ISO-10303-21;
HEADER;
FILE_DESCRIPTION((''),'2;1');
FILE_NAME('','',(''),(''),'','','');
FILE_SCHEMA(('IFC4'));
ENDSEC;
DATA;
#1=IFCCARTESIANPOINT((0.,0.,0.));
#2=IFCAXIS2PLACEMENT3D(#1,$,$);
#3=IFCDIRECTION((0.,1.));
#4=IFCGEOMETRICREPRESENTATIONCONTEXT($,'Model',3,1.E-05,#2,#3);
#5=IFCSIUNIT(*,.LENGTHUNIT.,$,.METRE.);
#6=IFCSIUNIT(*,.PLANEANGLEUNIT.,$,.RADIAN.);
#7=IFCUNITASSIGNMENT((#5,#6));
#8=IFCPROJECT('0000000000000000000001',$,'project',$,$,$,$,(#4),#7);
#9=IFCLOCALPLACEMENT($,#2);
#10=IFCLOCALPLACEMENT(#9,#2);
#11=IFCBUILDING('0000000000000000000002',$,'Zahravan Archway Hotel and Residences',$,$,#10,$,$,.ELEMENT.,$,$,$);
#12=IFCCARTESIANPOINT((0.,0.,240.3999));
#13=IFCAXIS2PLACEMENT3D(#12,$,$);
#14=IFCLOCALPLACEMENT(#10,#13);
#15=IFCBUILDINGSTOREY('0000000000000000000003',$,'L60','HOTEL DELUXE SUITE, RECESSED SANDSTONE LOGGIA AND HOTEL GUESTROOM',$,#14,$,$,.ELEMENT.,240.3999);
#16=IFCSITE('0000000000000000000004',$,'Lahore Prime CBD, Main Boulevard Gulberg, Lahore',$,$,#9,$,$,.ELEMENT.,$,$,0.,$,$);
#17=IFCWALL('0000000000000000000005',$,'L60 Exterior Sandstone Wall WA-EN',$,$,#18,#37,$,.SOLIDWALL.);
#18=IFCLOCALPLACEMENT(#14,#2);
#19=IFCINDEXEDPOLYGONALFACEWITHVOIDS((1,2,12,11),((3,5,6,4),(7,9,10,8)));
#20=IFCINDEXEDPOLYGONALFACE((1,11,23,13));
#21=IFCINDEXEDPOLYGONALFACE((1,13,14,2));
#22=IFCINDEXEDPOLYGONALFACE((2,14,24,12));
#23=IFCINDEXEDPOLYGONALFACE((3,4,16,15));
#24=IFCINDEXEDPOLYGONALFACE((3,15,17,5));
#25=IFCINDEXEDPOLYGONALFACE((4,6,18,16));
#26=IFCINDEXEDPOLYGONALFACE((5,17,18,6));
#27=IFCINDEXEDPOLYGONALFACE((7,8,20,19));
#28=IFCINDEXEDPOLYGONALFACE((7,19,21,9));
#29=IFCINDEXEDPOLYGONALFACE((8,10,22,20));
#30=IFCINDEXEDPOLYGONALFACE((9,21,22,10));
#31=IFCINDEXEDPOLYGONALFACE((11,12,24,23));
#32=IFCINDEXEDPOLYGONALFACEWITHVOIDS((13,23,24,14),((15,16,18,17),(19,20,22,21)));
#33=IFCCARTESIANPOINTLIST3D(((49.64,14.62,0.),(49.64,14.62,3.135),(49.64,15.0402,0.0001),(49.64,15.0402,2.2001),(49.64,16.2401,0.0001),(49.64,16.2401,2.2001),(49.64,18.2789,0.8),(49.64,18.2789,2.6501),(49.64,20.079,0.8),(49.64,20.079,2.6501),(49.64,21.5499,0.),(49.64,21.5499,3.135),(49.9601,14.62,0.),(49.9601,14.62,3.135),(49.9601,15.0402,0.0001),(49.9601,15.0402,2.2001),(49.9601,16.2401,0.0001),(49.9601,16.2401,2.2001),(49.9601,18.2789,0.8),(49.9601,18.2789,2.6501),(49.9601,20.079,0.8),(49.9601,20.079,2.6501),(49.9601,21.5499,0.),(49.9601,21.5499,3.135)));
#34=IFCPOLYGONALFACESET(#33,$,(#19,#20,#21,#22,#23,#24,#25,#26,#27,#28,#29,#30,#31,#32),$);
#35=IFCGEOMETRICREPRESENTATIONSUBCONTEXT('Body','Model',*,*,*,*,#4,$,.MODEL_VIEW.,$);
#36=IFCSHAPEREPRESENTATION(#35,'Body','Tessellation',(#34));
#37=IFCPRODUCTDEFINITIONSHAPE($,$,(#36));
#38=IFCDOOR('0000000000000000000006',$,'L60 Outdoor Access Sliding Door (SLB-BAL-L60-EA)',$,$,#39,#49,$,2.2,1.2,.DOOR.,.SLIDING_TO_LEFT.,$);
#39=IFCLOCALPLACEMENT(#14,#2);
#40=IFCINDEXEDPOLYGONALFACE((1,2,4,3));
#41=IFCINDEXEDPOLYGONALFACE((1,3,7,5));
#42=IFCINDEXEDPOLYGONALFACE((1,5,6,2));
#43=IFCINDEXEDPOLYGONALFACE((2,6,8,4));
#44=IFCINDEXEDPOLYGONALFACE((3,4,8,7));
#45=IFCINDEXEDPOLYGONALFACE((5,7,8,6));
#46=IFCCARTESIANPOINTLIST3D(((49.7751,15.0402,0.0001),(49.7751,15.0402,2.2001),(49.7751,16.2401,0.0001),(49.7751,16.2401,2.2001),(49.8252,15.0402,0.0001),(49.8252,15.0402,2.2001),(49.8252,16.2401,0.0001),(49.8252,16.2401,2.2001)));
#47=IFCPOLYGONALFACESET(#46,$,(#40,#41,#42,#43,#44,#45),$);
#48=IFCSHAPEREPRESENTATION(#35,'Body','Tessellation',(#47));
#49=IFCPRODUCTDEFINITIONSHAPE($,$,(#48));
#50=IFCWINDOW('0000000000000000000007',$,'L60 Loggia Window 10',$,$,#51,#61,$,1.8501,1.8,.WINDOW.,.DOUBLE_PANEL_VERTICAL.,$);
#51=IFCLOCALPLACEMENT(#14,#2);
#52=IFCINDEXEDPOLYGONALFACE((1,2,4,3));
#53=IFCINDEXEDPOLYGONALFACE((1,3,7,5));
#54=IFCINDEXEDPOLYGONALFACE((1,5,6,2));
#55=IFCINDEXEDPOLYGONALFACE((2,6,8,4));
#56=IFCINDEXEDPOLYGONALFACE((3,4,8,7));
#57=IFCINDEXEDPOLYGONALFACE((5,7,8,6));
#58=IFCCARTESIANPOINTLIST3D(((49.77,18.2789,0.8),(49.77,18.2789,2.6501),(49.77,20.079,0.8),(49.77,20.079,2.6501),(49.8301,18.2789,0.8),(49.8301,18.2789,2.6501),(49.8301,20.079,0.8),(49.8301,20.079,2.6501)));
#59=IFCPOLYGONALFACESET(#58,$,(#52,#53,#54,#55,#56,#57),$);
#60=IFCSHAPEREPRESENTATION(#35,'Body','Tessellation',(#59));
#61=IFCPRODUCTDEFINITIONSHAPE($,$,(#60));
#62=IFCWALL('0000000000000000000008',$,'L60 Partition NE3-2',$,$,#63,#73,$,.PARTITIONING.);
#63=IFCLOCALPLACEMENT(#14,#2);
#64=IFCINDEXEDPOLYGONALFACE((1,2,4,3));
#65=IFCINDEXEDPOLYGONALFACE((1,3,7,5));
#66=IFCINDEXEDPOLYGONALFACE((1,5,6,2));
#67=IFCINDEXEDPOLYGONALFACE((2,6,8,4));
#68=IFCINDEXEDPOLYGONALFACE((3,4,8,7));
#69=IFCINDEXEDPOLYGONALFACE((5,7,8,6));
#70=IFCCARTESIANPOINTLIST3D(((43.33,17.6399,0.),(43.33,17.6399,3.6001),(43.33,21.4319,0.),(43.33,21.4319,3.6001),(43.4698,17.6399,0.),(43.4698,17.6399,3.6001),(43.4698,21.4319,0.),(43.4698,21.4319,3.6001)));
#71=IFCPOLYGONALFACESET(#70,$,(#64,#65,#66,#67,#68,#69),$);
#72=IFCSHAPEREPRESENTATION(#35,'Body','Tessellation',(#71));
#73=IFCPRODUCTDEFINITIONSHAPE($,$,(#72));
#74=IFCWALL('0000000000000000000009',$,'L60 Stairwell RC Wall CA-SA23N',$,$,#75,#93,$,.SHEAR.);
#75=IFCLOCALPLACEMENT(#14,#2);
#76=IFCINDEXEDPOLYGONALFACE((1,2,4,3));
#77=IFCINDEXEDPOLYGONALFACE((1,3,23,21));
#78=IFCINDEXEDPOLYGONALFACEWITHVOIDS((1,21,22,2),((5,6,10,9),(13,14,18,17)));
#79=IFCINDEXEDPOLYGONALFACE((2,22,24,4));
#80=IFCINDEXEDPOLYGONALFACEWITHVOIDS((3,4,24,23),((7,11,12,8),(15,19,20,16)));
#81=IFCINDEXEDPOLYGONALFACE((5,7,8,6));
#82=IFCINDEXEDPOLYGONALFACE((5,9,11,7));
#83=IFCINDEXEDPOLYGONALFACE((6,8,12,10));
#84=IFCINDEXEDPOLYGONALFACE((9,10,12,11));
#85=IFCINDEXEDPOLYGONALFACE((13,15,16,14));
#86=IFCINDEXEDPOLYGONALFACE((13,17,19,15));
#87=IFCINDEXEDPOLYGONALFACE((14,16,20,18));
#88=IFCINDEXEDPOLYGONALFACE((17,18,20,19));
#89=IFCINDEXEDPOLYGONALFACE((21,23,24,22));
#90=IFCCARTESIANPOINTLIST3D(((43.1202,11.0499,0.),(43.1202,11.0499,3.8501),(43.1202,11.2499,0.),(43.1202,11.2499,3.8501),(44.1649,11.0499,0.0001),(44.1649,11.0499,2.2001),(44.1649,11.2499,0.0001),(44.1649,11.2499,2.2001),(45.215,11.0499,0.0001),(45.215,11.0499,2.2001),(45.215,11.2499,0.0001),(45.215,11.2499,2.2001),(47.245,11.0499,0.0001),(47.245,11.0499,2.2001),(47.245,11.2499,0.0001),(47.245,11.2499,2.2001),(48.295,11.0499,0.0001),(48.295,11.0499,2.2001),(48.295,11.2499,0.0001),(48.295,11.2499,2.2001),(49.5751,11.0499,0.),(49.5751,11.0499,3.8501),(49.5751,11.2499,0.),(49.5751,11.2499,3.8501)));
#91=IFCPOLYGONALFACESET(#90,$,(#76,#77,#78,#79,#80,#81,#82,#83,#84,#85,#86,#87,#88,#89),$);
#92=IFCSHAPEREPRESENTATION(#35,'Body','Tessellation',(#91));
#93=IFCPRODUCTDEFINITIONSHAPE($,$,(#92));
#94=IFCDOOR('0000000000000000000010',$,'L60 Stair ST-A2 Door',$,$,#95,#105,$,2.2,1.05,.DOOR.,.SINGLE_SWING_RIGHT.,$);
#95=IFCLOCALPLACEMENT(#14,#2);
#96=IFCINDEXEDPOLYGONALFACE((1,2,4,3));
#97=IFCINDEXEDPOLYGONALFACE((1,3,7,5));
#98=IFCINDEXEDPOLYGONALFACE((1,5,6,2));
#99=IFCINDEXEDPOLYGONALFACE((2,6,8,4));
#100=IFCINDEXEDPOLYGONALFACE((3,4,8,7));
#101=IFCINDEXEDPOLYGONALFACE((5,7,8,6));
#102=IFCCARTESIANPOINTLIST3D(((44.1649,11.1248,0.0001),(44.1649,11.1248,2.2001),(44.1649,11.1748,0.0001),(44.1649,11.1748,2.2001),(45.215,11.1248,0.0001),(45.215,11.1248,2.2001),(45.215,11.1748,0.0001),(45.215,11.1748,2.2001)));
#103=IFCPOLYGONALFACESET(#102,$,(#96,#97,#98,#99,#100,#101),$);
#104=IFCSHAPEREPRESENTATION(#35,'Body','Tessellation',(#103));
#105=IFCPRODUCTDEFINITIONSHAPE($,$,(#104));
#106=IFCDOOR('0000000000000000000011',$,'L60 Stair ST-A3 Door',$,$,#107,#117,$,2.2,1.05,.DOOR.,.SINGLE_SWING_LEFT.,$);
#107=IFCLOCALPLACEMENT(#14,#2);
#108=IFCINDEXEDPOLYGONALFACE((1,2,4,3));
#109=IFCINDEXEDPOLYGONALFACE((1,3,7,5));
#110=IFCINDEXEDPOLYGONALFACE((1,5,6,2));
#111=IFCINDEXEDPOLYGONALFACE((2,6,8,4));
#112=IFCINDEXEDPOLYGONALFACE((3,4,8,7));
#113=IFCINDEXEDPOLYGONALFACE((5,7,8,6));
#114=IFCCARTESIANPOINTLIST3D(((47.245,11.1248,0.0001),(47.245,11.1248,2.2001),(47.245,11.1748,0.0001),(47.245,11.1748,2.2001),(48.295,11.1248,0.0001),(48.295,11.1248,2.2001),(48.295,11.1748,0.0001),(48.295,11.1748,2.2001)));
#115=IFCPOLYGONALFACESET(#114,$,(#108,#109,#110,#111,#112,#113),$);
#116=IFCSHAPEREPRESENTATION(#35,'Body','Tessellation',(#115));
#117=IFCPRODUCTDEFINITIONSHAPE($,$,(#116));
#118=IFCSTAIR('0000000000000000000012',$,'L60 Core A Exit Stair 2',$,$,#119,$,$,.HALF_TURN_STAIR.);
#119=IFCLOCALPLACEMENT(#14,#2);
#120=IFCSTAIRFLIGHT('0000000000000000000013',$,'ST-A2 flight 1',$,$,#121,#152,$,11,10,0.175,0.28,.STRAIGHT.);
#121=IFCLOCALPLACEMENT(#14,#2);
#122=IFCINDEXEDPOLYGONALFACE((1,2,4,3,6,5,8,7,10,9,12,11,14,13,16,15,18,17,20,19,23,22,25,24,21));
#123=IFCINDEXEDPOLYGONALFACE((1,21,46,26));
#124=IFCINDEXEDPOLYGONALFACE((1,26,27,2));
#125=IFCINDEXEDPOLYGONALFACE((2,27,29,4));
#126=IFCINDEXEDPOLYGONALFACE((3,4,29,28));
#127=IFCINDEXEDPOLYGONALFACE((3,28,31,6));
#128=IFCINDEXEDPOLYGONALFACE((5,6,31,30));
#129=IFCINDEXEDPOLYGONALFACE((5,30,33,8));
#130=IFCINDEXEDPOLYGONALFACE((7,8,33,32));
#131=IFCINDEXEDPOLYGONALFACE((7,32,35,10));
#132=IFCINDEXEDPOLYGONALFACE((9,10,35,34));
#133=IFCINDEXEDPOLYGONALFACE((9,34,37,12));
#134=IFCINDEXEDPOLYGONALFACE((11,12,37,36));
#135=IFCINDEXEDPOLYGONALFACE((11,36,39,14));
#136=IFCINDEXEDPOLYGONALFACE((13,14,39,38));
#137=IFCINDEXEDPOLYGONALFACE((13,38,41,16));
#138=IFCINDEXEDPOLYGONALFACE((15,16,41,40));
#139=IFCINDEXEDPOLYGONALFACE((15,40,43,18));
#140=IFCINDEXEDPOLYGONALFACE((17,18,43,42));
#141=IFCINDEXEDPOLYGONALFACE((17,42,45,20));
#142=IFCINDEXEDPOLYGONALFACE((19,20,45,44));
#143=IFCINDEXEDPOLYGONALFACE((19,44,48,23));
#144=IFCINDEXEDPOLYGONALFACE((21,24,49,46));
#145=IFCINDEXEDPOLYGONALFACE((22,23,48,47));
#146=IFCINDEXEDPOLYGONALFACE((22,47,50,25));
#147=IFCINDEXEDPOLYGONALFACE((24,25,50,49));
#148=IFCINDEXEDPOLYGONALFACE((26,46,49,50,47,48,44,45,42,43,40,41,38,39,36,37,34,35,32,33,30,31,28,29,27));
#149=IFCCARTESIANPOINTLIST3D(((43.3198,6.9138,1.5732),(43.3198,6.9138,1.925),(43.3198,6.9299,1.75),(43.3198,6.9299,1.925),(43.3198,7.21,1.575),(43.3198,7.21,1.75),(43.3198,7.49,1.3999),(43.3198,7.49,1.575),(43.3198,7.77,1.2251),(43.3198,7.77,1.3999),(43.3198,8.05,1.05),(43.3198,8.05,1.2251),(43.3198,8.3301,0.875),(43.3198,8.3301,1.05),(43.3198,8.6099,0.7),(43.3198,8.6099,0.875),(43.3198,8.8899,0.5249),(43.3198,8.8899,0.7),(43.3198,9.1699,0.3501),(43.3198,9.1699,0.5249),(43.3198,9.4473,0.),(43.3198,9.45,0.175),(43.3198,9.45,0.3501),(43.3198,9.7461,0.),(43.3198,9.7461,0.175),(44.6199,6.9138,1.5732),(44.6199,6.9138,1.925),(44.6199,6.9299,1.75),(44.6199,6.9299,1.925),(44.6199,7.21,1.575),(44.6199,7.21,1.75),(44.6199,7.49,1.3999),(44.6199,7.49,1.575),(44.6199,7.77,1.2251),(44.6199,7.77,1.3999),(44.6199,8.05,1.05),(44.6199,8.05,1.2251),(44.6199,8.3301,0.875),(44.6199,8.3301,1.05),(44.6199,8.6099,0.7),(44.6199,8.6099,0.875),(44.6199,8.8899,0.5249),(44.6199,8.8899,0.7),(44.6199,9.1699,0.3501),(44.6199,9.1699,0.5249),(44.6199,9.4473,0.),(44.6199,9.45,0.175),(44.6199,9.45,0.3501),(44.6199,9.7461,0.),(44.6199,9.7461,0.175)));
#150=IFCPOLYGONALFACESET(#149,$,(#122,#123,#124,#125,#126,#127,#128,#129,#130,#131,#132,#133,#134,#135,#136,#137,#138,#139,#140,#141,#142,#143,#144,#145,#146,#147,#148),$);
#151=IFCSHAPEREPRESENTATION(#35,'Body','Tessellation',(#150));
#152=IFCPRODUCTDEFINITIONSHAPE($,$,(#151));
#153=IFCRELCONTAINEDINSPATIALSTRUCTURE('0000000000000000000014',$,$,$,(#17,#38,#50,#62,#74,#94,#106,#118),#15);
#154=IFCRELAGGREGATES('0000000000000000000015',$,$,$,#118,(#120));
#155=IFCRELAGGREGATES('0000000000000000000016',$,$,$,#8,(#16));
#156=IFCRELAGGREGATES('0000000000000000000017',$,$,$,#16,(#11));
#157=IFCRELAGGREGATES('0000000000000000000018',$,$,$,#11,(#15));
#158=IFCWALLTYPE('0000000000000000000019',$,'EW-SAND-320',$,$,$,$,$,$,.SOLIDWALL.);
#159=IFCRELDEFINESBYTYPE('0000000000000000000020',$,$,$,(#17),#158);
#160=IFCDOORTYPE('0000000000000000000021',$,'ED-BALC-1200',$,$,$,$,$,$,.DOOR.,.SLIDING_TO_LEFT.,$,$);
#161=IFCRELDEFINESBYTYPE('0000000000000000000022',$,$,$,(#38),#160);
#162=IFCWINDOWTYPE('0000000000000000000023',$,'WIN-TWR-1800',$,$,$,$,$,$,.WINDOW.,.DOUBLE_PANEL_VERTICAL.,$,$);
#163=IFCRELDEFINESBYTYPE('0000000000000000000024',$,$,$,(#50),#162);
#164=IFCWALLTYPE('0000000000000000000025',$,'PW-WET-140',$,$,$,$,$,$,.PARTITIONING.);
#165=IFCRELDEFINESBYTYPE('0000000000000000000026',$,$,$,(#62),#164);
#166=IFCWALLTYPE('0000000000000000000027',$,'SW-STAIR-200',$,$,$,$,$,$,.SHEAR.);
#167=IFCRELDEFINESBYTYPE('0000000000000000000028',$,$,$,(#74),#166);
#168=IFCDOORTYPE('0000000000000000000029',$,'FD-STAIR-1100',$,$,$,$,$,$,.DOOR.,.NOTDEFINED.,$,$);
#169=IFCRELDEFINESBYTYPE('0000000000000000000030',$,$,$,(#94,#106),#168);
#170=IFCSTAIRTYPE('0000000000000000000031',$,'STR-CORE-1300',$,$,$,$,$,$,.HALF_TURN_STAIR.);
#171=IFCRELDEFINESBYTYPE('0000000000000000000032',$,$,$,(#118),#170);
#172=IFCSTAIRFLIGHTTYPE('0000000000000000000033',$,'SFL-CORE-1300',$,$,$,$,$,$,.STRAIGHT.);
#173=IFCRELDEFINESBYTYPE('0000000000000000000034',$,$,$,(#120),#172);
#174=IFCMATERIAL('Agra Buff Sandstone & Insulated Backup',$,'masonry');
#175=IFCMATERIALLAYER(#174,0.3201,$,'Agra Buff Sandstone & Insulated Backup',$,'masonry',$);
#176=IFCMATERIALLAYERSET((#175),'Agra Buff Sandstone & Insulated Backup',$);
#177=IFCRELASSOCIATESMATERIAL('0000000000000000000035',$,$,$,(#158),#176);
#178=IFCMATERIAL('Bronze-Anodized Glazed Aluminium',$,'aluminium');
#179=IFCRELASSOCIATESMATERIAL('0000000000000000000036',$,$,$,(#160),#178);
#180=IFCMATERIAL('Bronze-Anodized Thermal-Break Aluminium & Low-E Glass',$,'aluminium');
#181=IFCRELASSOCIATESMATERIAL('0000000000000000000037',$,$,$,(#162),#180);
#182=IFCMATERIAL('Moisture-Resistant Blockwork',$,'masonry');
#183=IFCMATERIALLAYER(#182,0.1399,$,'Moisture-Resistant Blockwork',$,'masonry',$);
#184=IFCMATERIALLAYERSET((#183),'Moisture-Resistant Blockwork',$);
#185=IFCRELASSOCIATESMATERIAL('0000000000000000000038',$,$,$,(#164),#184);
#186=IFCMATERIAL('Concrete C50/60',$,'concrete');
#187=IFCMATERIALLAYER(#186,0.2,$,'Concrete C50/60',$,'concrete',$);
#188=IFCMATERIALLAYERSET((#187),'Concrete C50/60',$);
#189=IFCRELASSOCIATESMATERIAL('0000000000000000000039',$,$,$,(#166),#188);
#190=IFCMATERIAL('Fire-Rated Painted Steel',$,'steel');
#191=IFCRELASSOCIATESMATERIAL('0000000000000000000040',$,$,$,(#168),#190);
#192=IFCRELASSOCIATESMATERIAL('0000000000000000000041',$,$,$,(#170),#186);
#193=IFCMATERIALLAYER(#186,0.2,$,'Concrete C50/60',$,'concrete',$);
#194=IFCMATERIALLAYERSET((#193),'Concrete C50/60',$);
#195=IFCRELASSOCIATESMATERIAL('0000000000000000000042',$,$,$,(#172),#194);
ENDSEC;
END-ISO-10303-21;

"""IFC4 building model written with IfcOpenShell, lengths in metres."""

from ifc_helpers import new_model, si_unit, direction, frame, frame_2d, origin, place, context, subcontext, project, spatial, polyline, rectangle, outline, extrude, source, transform, mapped, material, layer, layer_set, type_object, type_shapes, element, fill, aggregate, save


model = new_model("IFC4")

# Units and contexts
model_context = context("Model", 3, precision=1e-05, world=origin(), true_north=direction((0.0, 1.0)))
body_context = subcontext(model_context, "Body", "Model", "MODEL_VIEW")
ifc_project = project(units=[si_unit("LENGTHUNIT", "METRE"), si_unit("PLANEANGLEUNIT", "RADIAN")], contexts=[model_context])

# Site, building, storey
site_placement = place(None, origin())
site = spatial("IfcSite", under=ifc_project, at=site_placement, Name="Lahore Prime CBD, Main Boulevard Gulberg, Lahore", CompositionType="ELEMENT", RefElevation=0.0)
building_placement = place(site_placement, origin())
building = spatial("IfcBuilding", under=site, at=building_placement, Name="Zahravan Archway Hotel and Residences", CompositionType="ELEMENT")
storey_placement = place(building_placement, frame((0.0, 0.0, 240.3999)))
storey = spatial("IfcBuildingStorey", under=building, at=storey_placement, Name="L60", Description="HOTEL DELUXE SUITE, RECESSED SANDSTONE LOGGIA AND HOTEL GUESTROOM", CompositionType="ELEMENT", Elevation=240.3999)

# Wall, openings, door, window
ifc_material_1 = material(Name="Agra Buff Sandstone & Insulated Backup", Category="masonry")
ifc_layer_1 = layer(ifc_material_1, 0.3201, Name="Agra Buff Sandstone & Insulated Backup", Category="masonry")
ifc_layer_set_1 = layer_set([ifc_layer_1], Name="Agra Buff Sandstone & Insulated Backup")
wall_type_1 = type_object("IfcWallType", Name="EW-SAND-320", PredefinedType="SOLIDWALL", material=ifc_layer_set_1)
wall_1_placement = place(storey_placement, frame((49.8, 14.6201, 0.0), z_axis=(0.0, 0.0, 1.0), x_axis=(0.0, 1.0, 0.0)))
wall_1 = element("IfcWall", 1, at=wall_1_placement, inside=storey, type_object=wall_type_1, Name="L60 Exterior Sandstone Wall WA-EN", PredefinedType="SOLIDWALL", context=body_context, shape_type="SweptSolid", body=[
    extrude(rectangle(XDim=6.9299, YDim=0.3201, at=frame_2d((3.4648, 0.0))), origin(), (0.0, 0.0, 1.0), 3.135),
])
opening_1_placement = place(wall_1_placement, frame((0.4199, 0.0, 0.0)))
opening_1 = element("IfcOpeningElement", 2, at=opening_1_placement, cuts=wall_1, PredefinedType="OPENING", context=body_context, shape_type="SweptSolid", body=[
    extrude(rectangle(XDim=1.2, YDim=2.2, at=frame_2d((0.6001, 1.1001))), frame((0.0, 0.1699, 0.0), z_axis=(0.0, -1.0, 0.0), x_axis=(1.0, 0.0, 0.0)), (0.0, 0.0, 1.0), 0.3401),
])
opening_2_placement = place(wall_1_placement, frame((3.6589, 0.0, 0.8)))
opening_2 = element("IfcOpeningElement", 3, at=opening_2_placement, cuts=wall_1, PredefinedType="OPENING", context=body_context, shape_type="SweptSolid", body=[
    extrude(rectangle(XDim=1.8, YDim=1.8501, at=frame_2d((0.8999, 0.925))), frame((0.0, 0.1699, 0.0), z_axis=(0.0, -1.0, 0.0), x_axis=(1.0, 0.0, 0.0)), (0.0, 0.0, 1.0), 0.3401),
])
ifc_material_2 = material(Name="Bronze-Anodized Glazed Aluminium", Category="aluminium")
door_type_1 = type_object("IfcDoorType", Name="ED-BALC-1200", OperationType="SLIDING_TO_LEFT", PredefinedType="DOOR", material=ifc_material_2)
shared_shape_1 = source(origin(), body_context, "Body", "SweptSolid", [
    extrude(rectangle(XDim=1.2, YDim=2.2, at=frame_2d((0.6001, 1.1001))), frame((0.0, 0.0249, 0.0), z_axis=(0.0, -1.0, 0.0), x_axis=(1.0, 0.0, 0.0)), (0.0, 0.0, 1.0), 0.05),
])
type_shapes(door_type_1, [shared_shape_1])
door_1_placement = place(opening_1_placement, origin())
door_1 = element("IfcDoor", 4, at=door_1_placement, inside=storey, type_object=door_type_1, Name="L60 Outdoor Access Sliding Door (SLB-BAL-L60-EA)", OperationType="SLIDING_TO_LEFT", OverallHeight=2.2, OverallWidth=1.2, PredefinedType="DOOR", context=body_context, shape_type="MappedRepresentation", body=[
    mapped(shared_shape_1, transform((0.0, 0.0, 0.0), scale=1.0)),
])
fill(opening_1, door_1)
ifc_material_3 = material(Name="Bronze-Anodized Thermal-Break Aluminium & Low-E Glass", Category="aluminium")
window_type = type_object("IfcWindowType", Name="WIN-TWR-1800", PartitioningType="DOUBLE_PANEL_VERTICAL", PredefinedType="WINDOW", material=ifc_material_3)
shared_shape_2 = source(origin(), body_context, "Body", "SweptSolid", [
    extrude(rectangle(XDim=1.8, YDim=1.8501, at=frame_2d((0.8999, 0.925))), frame((0.0, 0.03, 0.0), z_axis=(0.0, -1.0, 0.0), x_axis=(1.0, 0.0, 0.0)), (0.0, 0.0, 1.0), 0.0601),
])
type_shapes(window_type, [shared_shape_2])
window_placement = place(opening_2_placement, origin())
window = element("IfcWindow", 5, at=window_placement, inside=storey, type_object=window_type, Name="L60 Loggia Window 10", OverallHeight=1.8501, OverallWidth=1.8, PartitioningType="DOUBLE_PANEL_VERTICAL", PredefinedType="WINDOW", context=body_context, shape_type="MappedRepresentation", body=[
    mapped(shared_shape_2, transform((0.0, 0.0, 0.0), scale=1.0)),
])
fill(opening_2, window)

# Shared definitions
ifc_material_4 = material(Name="Fire-Rated Painted Steel", Category="steel")

# Wall
ifc_material_5 = material(Name="Moisture-Resistant Blockwork", Category="masonry")
ifc_layer_2 = layer(ifc_material_5, 0.1399, Name="Moisture-Resistant Blockwork", Category="masonry")
ifc_layer_set_2 = layer_set([ifc_layer_2], Name="Moisture-Resistant Blockwork")
wall_type_2 = type_object("IfcWallType", Name="PW-WET-140", PredefinedType="PARTITIONING", material=ifc_layer_set_2)
wall_2_placement = place(storey_placement, frame((43.3999, 17.6399, 0.0), z_axis=(0.0, 0.0, 1.0), x_axis=(0.0, 1.0, 0.0)))
element("IfcWall", 6, at=wall_2_placement, inside=storey, type_object=wall_type_2, Name="L60 Partition NE3-2", PredefinedType="PARTITIONING", context=body_context, shape_type="SweptSolid", body=[
    extrude(rectangle(XDim=3.792, YDim=0.1399, at=frame_2d((1.896, 0.0))), origin(), (0.0, 0.0, 1.0), 3.6001),
])

# Wall, openings, doors
ifc_material_6 = material(Name="Concrete C50/60", Category="concrete")
ifc_layer_3 = layer(ifc_material_6, 0.2, Name="Concrete C50/60", Category="concrete")
ifc_layer_set_3 = layer_set([ifc_layer_3], Name="Concrete C50/60")
wall_type_3 = type_object("IfcWallType", Name="SW-STAIR-200", PredefinedType="SHEAR", material=ifc_layer_set_3)
wall_3_placement = place(storey_placement, frame((43.1201, 11.1499, 0.0), z_axis=(0.0, 0.0, 1.0), x_axis=(1.0, 0.0, 0.0)))
wall_3 = element("IfcWall", 7, at=wall_3_placement, inside=storey, type_object=wall_type_3, Name="L60 Stairwell RC Wall CA-SA23N", PredefinedType="SHEAR", context=body_context, shape_type="SweptSolid", body=[
    extrude(rectangle(XDim=6.4548, YDim=0.2, at=frame_2d((3.2275, 0.0))), origin(), (0.0, 0.0, 1.0), 3.8501),
])
opening_3_placement = place(wall_3_placement, frame((1.0449, 0.0, 0.0)))
opening_3 = element("IfcOpeningElement", 8, at=opening_3_placement, cuts=wall_3, PredefinedType="OPENING", context=body_context, shape_type="SweptSolid", body=[
    extrude(rectangle(XDim=1.05, YDim=2.2, at=frame_2d((0.5249, 1.1001))), frame((0.0, 0.1099, 0.0), z_axis=(0.0, -1.0, 0.0), x_axis=(1.0, 0.0, 0.0)), (0.0, 0.0, 1.0), 0.22),
])
opening_4_placement = place(wall_3_placement, frame((4.125, 0.0, 0.0)))
opening_4 = element("IfcOpeningElement", 9, at=opening_4_placement, cuts=wall_3, PredefinedType="OPENING", context=body_context, shape_type="SweptSolid", body=[
    extrude(rectangle(XDim=1.05, YDim=2.2, at=frame_2d((0.5249, 1.1001))), frame((0.0, 0.1099, 0.0), z_axis=(0.0, -1.0, 0.0), x_axis=(1.0, 0.0, 0.0)), (0.0, 0.0, 1.0), 0.22),
])
door_type_2 = type_object("IfcDoorType", Name="FD-STAIR-1100", OperationType="NOTDEFINED", PredefinedType="DOOR", material=ifc_material_4)
shared_shape_3 = source(origin(), body_context, "Body", "SweptSolid", [
    extrude(rectangle(XDim=1.05, YDim=2.2, at=frame_2d((0.5249, 1.1001))), frame((0.0, 0.0249, 0.0), z_axis=(0.0, -1.0, 0.0), x_axis=(1.0, 0.0, 0.0)), (0.0, 0.0, 1.0), 0.05),
])
type_shapes(door_type_2, [shared_shape_3])
door_2_placement = place(opening_3_placement, origin())
door_2 = element("IfcDoor", 10, at=door_2_placement, inside=storey, type_object=door_type_2, Name="L60 Stair ST-A2 Door", OperationType="SINGLE_SWING_RIGHT", OverallHeight=2.2, OverallWidth=1.05, PredefinedType="DOOR", context=body_context, shape_type="MappedRepresentation", body=[
    mapped(shared_shape_3, transform((0.0, 0.0, 0.0), scale=1.0)),
])
fill(opening_3, door_2)
door_3_placement = place(opening_4_placement, origin())
door_3 = element("IfcDoor", 11, at=door_3_placement, inside=storey, type_object=door_type_2, Name="L60 Stair ST-A3 Door", OperationType="SINGLE_SWING_LEFT", OverallHeight=2.2, OverallWidth=1.05, PredefinedType="DOOR", context=body_context, shape_type="MappedRepresentation", body=[
    mapped(shared_shape_3, transform((0.0, 0.0, 0.0), scale=1.0)),
])
fill(opening_4, door_3)

# Stair, stair flight
stair_type = type_object("IfcStairType", Name="STR-CORE-1300", PredefinedType="HALF_TURN_STAIR", material=ifc_material_6)
stair_1_placement = place(storey_placement, origin())
stair_1 = element("IfcStair", 12, at=stair_1_placement, inside=storey, type_object=stair_type, Name="L60 Core A Exit Stair 2", PredefinedType="HALF_TURN_STAIR")
ifc_layer_4 = layer(ifc_material_6, 0.2, Name="Concrete C50/60", Category="concrete")
ifc_layer_set_4 = layer_set([ifc_layer_4], Name="Concrete C50/60")
stair_flight_type = type_object("IfcStairFlightType", Name="SFL-CORE-1300", PredefinedType="STRAIGHT", material=ifc_layer_set_4)
shared_shape_4 = source(origin(), body_context, "Body", "SweptSolid", [
    extrude(outline(polyline([(-0.0161, 0.0), (-0.0161, 0.175), (0.28, 0.175), (0.28, 0.3501), (0.5601, 0.3501), (0.5601, 0.5249), (0.8401, 0.5249), (0.8401, 0.7), (1.1201, 0.7), (1.1201, 0.875), (1.3999, 0.875), (1.3999, 1.05), (1.6799, 1.05), (1.6799, 1.2251), (1.96, 1.2251), (1.96, 1.3999), (2.24, 1.3999), (2.24, 1.575), (2.52, 1.575), (2.52, 1.75), (2.8, 1.75), (2.8, 1.925), (2.8162, 1.925), (2.8162, 1.5732), (0.2827, 0.0), (-0.0161, 0.0)])), frame((0.0, 0.6499, 0.0), z_axis=(0.0, -1.0, 0.0), x_axis=(1.0, 0.0, 0.0)), (0.0, 0.0, 1.0), 1.3),
])
stair_flight_1_placement = place(storey_placement, frame((43.97, 9.73, 0.0), z_axis=(0.0, 0.0, 1.0), x_axis=(0.0, -1.0, 0.0)))
stair_flight_1 = element("IfcStairFlight", 13, at=stair_flight_1_placement, type_object=stair_flight_type, Name="ST-A2 flight 1", NumberOfRisers=11, NumberOfTreads=10, PredefinedType="STRAIGHT", RiserHeight=0.175, TreadLength=0.28, context=body_context, shape_type="MappedRepresentation", body=[
    mapped(shared_shape_4, transform((0.0, 0.0, 0.0), scale=1.0)),
])
aggregate(stair_1, [stair_flight_1])

save(model, "model.ifc")
